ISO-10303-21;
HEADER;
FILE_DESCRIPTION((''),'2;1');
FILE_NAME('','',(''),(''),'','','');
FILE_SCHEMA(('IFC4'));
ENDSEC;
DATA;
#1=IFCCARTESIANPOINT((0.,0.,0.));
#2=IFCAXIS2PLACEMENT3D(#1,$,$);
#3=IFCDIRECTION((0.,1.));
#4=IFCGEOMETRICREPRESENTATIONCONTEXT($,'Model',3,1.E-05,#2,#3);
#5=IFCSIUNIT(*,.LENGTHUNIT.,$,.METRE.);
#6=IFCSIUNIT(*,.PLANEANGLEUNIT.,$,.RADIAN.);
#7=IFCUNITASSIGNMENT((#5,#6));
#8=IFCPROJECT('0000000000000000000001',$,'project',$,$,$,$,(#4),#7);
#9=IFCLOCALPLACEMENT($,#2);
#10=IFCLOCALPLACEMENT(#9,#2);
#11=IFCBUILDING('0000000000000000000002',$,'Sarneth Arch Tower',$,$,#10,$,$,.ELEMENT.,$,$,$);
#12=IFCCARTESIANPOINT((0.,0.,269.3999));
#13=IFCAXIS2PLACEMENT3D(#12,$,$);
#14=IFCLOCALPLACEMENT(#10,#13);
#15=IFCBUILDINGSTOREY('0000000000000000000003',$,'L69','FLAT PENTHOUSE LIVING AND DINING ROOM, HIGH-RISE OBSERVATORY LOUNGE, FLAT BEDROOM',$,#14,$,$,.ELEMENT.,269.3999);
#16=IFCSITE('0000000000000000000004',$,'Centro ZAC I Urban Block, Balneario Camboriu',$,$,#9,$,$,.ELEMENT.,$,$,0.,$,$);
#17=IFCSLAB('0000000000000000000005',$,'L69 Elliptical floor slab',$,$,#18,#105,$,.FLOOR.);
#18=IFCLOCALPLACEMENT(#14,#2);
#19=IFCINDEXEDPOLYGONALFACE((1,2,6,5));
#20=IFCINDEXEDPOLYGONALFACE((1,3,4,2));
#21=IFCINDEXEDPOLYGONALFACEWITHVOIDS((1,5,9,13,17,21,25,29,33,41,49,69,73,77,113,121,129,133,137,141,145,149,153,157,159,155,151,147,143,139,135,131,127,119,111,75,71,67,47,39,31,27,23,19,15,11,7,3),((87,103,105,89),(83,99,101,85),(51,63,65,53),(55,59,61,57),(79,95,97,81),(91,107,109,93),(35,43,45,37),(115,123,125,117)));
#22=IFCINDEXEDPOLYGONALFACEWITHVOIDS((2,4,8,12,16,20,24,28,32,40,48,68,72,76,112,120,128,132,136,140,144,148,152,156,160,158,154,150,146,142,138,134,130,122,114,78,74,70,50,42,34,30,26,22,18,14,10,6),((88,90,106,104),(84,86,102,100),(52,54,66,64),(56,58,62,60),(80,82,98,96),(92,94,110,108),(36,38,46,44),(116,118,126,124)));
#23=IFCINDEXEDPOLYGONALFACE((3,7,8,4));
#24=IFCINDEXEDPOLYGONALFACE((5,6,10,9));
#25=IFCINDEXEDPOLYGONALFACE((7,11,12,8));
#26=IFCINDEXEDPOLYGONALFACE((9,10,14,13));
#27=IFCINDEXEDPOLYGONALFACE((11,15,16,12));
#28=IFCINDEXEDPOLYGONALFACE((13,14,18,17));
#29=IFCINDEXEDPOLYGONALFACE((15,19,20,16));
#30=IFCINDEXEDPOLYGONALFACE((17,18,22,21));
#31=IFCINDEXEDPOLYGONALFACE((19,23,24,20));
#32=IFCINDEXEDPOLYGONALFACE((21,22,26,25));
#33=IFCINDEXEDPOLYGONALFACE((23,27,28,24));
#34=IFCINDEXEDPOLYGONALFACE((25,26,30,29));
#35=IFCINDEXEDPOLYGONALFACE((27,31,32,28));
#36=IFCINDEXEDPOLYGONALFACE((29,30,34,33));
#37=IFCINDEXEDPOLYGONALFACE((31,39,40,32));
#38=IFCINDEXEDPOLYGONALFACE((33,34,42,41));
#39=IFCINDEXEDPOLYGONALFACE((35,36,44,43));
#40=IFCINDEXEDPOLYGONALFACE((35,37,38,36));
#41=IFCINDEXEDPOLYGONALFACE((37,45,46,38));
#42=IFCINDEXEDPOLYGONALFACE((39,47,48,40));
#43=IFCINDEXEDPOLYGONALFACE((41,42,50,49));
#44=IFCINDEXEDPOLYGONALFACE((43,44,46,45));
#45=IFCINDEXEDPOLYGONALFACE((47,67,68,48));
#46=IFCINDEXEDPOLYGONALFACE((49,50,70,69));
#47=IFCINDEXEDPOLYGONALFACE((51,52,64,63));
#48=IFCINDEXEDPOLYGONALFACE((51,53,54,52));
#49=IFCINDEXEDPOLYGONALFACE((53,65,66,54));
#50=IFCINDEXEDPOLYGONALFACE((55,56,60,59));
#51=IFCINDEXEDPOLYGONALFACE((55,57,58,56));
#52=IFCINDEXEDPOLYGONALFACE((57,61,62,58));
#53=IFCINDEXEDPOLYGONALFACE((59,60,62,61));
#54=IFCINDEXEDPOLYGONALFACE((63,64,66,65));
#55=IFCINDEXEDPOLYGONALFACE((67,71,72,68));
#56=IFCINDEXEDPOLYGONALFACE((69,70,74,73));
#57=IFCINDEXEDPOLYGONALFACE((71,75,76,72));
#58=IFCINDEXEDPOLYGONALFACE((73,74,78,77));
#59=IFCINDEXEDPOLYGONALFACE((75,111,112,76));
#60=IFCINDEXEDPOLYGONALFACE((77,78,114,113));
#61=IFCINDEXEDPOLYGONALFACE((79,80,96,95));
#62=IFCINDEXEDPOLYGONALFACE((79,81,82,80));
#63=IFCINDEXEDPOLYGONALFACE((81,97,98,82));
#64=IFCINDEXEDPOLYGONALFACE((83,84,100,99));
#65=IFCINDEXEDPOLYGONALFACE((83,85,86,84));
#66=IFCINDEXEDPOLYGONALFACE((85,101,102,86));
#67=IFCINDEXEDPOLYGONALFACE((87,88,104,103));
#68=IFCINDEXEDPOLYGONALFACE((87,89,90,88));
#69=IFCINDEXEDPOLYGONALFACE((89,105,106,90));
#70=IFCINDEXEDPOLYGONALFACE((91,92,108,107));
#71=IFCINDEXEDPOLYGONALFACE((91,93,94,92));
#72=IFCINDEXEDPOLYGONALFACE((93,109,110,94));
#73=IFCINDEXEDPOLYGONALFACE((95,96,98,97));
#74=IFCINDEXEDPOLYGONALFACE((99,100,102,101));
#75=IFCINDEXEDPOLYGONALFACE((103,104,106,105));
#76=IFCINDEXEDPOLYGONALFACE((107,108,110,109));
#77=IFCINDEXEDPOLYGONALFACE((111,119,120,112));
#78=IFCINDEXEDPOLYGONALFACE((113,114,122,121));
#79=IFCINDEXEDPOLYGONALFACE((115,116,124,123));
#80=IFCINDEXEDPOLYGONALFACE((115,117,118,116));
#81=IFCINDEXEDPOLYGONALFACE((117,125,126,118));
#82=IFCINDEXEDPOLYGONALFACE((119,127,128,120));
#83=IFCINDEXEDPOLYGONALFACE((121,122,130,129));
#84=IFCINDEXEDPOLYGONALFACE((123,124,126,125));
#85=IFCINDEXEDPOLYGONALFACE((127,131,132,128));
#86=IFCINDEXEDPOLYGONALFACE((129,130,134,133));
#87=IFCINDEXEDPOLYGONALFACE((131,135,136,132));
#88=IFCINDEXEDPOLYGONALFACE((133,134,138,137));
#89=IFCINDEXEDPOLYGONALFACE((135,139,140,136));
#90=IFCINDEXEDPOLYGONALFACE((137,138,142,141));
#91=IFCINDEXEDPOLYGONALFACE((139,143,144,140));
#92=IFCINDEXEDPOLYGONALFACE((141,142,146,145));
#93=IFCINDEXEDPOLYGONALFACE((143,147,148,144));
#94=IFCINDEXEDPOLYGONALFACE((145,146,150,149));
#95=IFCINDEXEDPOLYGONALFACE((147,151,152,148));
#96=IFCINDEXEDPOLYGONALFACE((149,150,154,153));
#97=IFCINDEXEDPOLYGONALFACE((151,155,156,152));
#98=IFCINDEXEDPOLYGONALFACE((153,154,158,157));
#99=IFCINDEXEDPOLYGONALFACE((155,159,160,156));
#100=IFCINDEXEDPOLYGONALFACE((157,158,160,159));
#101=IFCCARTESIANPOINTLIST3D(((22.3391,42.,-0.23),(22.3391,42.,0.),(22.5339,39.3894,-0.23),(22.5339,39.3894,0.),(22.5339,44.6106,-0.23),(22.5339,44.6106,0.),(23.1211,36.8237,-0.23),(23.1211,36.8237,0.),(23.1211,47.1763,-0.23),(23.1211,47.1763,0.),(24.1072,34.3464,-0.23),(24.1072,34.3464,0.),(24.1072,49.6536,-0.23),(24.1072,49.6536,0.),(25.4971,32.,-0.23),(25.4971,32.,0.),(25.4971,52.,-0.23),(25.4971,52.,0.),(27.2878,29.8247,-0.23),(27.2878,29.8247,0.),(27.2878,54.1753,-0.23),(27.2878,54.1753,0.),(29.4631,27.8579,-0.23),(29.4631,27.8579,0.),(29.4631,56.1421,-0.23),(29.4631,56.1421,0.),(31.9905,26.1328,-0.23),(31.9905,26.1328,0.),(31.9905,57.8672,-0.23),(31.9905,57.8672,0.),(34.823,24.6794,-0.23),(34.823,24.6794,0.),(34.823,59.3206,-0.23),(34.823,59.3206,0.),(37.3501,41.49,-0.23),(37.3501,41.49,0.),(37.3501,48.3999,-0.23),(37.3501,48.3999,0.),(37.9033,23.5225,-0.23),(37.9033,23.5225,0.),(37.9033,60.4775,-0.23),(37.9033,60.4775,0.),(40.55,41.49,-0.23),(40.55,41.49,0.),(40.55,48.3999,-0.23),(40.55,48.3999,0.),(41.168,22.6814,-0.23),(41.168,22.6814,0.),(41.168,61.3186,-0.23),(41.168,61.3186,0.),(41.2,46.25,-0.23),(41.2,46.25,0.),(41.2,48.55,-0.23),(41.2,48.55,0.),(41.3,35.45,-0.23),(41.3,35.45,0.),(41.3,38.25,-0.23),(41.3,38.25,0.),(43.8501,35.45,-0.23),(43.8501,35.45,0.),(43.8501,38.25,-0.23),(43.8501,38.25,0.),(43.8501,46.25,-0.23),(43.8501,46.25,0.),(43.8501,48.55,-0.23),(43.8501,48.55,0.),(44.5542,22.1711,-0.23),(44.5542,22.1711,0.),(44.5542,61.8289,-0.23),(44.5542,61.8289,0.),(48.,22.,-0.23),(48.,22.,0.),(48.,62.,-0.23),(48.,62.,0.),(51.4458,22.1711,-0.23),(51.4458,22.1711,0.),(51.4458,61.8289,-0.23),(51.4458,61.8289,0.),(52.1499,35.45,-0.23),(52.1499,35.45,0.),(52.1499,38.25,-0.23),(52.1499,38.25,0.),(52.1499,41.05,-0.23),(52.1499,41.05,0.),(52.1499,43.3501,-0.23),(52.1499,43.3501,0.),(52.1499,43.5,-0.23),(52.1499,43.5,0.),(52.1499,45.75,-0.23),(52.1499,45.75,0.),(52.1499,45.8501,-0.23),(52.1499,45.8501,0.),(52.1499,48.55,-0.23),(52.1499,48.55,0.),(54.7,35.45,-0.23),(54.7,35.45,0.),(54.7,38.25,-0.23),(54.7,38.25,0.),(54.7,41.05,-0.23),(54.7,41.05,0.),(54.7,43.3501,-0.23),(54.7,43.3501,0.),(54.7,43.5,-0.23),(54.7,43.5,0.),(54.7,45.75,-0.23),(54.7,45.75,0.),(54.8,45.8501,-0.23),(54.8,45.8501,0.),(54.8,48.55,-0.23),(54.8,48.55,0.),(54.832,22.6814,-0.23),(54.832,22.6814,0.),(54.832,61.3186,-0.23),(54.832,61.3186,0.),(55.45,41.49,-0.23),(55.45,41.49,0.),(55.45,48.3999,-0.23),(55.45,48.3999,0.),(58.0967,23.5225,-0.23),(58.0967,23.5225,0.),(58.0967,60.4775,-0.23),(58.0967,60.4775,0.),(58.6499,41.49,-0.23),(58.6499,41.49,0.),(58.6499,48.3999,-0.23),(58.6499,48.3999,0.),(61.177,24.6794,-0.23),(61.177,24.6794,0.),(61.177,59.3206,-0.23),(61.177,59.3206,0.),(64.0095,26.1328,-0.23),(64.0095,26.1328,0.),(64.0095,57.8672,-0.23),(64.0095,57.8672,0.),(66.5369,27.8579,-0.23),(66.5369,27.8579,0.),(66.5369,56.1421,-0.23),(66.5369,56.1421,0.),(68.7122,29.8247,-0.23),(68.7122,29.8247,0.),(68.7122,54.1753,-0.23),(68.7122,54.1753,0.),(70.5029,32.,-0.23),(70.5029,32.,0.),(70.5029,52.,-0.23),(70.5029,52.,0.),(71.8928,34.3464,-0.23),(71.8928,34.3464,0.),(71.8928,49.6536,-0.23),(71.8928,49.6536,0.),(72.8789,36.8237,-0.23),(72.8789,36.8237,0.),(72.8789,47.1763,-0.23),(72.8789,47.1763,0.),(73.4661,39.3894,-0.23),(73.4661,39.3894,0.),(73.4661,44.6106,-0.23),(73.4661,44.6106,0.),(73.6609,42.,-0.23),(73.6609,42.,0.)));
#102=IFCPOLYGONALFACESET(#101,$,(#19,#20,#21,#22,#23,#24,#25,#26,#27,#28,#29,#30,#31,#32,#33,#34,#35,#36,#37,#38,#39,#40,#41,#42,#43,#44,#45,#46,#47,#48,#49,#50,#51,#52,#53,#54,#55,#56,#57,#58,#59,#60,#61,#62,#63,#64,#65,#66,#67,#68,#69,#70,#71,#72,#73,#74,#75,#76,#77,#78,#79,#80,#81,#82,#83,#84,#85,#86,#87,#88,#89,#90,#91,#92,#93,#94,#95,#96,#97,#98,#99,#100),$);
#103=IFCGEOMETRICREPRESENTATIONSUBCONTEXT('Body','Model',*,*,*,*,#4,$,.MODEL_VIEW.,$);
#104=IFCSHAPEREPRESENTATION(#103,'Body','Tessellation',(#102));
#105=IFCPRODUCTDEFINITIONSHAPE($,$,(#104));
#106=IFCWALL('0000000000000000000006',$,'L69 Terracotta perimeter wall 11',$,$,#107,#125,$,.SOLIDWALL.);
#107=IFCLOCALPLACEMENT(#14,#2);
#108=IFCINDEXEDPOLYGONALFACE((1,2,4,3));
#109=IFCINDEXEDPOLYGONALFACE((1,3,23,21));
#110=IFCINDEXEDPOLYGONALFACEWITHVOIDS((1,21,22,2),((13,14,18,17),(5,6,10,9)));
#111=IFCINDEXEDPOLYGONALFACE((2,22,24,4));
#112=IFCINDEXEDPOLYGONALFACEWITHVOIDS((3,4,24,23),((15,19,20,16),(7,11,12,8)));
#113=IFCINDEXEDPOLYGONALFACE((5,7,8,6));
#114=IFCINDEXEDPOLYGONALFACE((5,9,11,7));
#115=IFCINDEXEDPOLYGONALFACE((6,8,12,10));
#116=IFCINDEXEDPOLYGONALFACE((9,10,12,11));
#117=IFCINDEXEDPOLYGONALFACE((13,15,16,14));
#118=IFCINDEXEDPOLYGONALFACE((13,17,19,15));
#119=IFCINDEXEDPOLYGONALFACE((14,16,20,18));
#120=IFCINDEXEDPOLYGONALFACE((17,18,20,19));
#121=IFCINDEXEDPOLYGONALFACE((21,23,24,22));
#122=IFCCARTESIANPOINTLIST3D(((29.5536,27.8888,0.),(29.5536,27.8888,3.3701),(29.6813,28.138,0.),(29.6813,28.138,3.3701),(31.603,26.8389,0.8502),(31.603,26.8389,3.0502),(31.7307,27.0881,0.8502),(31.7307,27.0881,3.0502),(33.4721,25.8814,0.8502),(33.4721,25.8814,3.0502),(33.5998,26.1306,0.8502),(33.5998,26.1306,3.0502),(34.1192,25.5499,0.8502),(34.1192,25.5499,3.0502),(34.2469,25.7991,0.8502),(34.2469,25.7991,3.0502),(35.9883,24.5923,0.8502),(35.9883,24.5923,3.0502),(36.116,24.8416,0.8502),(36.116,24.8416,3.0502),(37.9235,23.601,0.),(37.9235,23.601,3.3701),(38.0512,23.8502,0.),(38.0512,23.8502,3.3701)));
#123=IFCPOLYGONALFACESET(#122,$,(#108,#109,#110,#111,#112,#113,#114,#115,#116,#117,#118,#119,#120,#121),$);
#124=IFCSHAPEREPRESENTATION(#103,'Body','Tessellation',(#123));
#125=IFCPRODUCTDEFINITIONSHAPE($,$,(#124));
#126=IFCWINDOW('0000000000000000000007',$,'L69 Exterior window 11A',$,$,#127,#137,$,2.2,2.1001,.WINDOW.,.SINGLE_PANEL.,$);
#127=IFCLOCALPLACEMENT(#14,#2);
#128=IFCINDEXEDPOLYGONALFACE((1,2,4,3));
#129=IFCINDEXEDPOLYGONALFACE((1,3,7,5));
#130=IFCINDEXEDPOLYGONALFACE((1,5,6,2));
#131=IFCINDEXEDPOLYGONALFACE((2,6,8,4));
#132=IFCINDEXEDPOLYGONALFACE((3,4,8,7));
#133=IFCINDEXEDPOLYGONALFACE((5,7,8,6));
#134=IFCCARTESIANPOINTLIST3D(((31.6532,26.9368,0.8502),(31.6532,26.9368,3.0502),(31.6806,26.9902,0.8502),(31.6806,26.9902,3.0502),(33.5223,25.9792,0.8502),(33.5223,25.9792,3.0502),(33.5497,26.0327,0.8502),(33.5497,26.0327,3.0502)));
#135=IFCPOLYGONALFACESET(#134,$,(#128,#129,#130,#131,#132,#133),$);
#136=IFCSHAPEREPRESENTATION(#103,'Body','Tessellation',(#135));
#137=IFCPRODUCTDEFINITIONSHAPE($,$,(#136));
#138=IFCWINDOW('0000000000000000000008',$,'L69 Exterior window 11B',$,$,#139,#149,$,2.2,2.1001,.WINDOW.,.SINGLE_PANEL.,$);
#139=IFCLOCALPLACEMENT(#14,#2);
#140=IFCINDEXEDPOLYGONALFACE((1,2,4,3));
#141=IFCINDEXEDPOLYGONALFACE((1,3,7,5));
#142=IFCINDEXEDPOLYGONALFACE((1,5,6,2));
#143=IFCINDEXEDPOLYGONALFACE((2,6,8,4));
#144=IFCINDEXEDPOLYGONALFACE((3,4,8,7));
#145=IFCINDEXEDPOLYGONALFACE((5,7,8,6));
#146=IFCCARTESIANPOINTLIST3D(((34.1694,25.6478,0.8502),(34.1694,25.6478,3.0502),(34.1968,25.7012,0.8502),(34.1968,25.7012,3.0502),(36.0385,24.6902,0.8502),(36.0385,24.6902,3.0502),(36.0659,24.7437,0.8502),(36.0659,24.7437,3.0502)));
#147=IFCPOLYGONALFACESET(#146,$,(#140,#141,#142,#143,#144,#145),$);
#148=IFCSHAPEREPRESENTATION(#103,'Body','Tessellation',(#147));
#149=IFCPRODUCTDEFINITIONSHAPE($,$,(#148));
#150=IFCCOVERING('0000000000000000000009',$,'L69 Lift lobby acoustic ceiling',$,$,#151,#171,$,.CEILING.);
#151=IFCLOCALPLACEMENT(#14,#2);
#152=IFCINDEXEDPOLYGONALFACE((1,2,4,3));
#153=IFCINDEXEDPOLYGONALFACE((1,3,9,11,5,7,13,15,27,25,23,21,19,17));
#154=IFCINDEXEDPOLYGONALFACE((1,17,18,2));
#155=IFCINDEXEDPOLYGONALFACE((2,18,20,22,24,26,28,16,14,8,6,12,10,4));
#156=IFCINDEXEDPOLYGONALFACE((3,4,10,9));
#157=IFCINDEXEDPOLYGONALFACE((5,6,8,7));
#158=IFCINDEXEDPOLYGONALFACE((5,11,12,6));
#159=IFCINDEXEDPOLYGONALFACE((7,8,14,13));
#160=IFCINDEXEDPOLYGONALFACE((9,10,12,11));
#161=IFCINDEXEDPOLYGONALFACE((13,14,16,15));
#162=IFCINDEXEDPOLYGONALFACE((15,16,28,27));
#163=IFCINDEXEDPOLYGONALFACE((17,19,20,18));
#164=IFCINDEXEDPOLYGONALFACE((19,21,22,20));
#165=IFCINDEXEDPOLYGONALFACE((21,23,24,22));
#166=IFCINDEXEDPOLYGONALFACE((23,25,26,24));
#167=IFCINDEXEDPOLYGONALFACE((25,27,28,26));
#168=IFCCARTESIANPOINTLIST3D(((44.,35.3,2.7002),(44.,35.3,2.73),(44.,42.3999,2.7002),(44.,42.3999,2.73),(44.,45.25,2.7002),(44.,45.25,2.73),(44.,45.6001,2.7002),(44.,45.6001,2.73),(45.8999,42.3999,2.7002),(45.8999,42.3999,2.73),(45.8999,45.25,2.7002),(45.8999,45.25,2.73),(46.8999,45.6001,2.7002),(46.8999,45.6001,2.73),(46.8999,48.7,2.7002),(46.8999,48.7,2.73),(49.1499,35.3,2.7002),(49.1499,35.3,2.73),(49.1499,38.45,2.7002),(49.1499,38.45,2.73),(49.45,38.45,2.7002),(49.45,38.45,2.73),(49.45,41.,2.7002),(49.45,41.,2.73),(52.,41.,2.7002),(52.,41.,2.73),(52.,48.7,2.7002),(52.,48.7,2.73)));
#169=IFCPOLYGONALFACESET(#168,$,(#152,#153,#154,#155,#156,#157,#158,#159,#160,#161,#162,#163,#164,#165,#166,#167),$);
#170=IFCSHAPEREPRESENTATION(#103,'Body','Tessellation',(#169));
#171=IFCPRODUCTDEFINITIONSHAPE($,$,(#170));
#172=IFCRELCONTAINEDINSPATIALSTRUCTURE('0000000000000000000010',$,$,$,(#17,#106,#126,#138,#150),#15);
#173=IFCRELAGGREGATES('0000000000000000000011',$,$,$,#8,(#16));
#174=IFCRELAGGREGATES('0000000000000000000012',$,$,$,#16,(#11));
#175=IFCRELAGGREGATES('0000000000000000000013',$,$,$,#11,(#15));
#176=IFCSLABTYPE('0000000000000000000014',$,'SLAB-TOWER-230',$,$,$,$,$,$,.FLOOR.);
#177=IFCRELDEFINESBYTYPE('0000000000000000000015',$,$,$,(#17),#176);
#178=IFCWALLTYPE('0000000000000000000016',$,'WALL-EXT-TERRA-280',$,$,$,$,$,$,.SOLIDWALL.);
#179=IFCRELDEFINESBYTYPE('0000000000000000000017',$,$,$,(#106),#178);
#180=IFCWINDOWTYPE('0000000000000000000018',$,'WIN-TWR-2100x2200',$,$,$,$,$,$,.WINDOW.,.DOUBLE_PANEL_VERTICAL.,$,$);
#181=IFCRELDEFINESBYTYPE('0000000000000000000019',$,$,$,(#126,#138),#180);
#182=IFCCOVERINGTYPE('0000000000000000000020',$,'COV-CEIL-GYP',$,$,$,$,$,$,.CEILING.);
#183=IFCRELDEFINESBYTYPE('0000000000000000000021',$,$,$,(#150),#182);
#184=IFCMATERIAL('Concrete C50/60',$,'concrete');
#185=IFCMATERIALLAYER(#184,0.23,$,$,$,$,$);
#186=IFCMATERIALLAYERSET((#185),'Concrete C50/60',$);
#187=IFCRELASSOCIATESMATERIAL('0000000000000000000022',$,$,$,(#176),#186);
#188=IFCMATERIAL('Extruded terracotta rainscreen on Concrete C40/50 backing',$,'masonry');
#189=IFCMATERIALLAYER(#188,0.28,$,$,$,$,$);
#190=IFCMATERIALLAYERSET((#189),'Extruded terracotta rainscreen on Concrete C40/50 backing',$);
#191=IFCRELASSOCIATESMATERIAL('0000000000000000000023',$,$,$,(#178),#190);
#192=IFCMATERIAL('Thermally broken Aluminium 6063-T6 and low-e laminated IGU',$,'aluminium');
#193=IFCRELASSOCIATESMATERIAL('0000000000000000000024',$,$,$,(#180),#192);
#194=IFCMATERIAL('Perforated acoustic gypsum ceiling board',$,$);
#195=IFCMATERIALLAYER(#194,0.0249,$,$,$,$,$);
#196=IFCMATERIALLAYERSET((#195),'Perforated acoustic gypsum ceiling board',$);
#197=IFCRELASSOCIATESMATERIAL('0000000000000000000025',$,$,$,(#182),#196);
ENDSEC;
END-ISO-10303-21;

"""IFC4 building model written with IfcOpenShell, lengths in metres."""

from ifc_helpers import new_model, si_unit, direction, frame, frame_2d, origin, place, context, subcontext, project, spatial, polyline, rectangle, outline, extrude, material, layer, layer_set, type_object, element, fill, save


model = new_model("IFC4")

# Units and contexts
model_context = context("Model", 3, precision=1e-05, world=origin(), true_north=direction((0.0, 1.0)))
body_context = subcontext(model_context, "Body", "Model", "MODEL_VIEW")
ifc_project = project(units=[si_unit("LENGTHUNIT", "METRE"), si_unit("PLANEANGLEUNIT", "RADIAN")], contexts=[model_context])

# Site, building, storey
site_placement = place(None, origin())
site = spatial("IfcSite", under=ifc_project, at=site_placement, Name="Centro ZAC I Urban Block, Balneario Camboriu", CompositionType="ELEMENT", RefElevation=0.0)
building_placement = place(site_placement, origin())
building = spatial("IfcBuilding", under=site, at=building_placement, Name="Sarneth Arch Tower", CompositionType="ELEMENT")
storey_placement = place(building_placement, frame((0.0, 0.0, 269.3999)))
storey = spatial("IfcBuildingStorey", under=building, at=storey_placement, Name="L69", Description="FLAT PENTHOUSE LIVING AND DINING ROOM, HIGH-RISE OBSERVATORY LOUNGE, FLAT BEDROOM", CompositionType="ELEMENT", Elevation=269.3999)

# Slab
ifc_material_1 = material(Name="Concrete C50/60", Category="concrete")
ifc_layer_1 = layer(ifc_material_1, 0.23)
ifc_layer_set_1 = layer_set([ifc_layer_1], Name="Concrete C50/60")
slab_type_1 = type_object("IfcSlabType", Name="SLAB-TOWER-230", PredefinedType="FLOOR", material=ifc_layer_set_1)
slab_1_placement = place(storey_placement, frame((0.0, 0.0, -0.23)))
element("IfcSlab", 1, at=slab_1_placement, inside=storey, type_object=slab_type_1, Name="L69 Elliptical floor slab", PredefinedType="FLOOR", context=body_context, shape_type="SweptSolid", body=[
    extrude(outline(polyline([(73.6609, 42.0), (73.4661, 44.6106), (72.8789, 47.1763), (71.8928, 49.6536), (70.5029, 52.0), (68.7122, 54.1753), (66.5369, 56.1421), (64.0095, 57.8672), (61.177, 59.3206), (58.0967, 60.4775), (54.832, 61.3186), (51.4458, 61.8289), (48.0, 62.0), (44.5542, 61.8289), (41.168, 61.3186), (37.9033, 60.4775), (34.823, 59.3206), (31.9905, 57.8672), (29.4631, 56.1421), (27.2878, 54.1753), (25.4971, 52.0), (24.1072, 49.6536), (23.1211, 47.1763), (22.5339, 44.6106), (22.3391, 42.0), (22.5339, 39.3894), (23.1211, 36.8237), (24.1072, 34.3464), (25.4971, 32.0), (27.2878, 29.8247), (29.4631, 27.8579), (31.9905, 26.1328), (34.823, 24.6794), (37.9033, 23.5225), (41.168, 22.6814), (44.5542, 22.1711), (48.0, 22.0), (51.4458, 22.1711), (54.832, 22.6814), (58.0967, 23.5225), (61.177, 24.6794), (64.0095, 26.1328), (66.5369, 27.8579), (68.7122, 29.8247), (70.5029, 32.0), (71.8928, 34.3464), (72.8789, 36.8237), (73.4661, 39.3894), (73.6609, 42.0)]), holes=[polyline([(37.3501, 41.49), (40.55, 41.49), (40.55, 48.3999), (37.3501, 48.3999), (37.3501, 41.49)]), polyline([(55.45, 41.49), (58.6499, 41.49), (58.6499, 48.3999), (55.45, 48.3999), (55.45, 41.49)]), polyline([(41.2, 46.25), (43.8501, 46.25), (43.8501, 48.55), (41.2, 48.55), (41.2, 46.25)]), polyline([(41.3, 35.45), (43.8501, 35.45), (43.8501, 38.25), (41.3, 38.25), (41.3, 35.45)]), polyline([(52.1499, 35.45), (54.7, 35.45), (54.7, 38.25), (52.1499, 38.25), (52.1499, 35.45)]), polyline([(52.1499, 45.8501), (54.8, 45.8501), (54.8, 48.55), (52.1499, 48.55), (52.1499, 45.8501)]), polyline([(52.1499, 41.05), (54.7, 41.05), (54.7, 43.3501), (52.1499, 43.3501), (52.1499, 41.05)]), polyline([(52.1499, 43.5), (54.7, 43.5), (54.7, 45.75), (52.1499, 45.75), (52.1499, 43.5)])]), origin(), (0.0, 0.0, 1.0), 0.23),
])

# Wall, openings, windows
ifc_material_2 = material(Name="Extruded terracotta rainscreen on Concrete C40/50 backing", Category="masonry")
ifc_layer_2 = layer(ifc_material_2, 0.28)
ifc_layer_set_2 = layer_set([ifc_layer_2], Name="Extruded terracotta rainscreen on Concrete C40/50 backing")
wall_type = type_object("IfcWallType", Name="WALL-EXT-TERRA-280", PredefinedType="SOLIDWALL", material=ifc_layer_set_2)
wall_placement = place(storey_placement, frame((29.6174, 28.0134, 0.0), z_axis=(0.0, 0.0, 1.0), x_axis=(0.890007, -0.455946, 0.0)))
wall = element("IfcWall", 2, at=wall_placement, inside=storey, type_object=wall_type, Name="L69 Terracotta perimeter wall 11", PredefinedType="SOLIDWALL", context=body_context, shape_type="SweptSolid", body=[
    extrude(rectangle(XDim=9.4043, YDim=0.28, at=frame_2d((4.7021, 0.0))), origin(), (0.0, 0.0, 1.0), 3.3701),
])
opening_1_placement = place(wall_placement, frame((2.3027, 0.0, 0.8501)))
opening_1 = element("IfcOpeningElement", 3, at=opening_1_placement, cuts=wall, PredefinedType="OPENING", context=body_context, shape_type="SweptSolid", body=[
    extrude(rectangle(XDim=2.1001, YDim=2.2, at=frame_2d((1.05, 1.1001))), frame((0.0, 0.1499, 0.0), z_axis=(0.0, -1.0, 0.0), x_axis=(1.0, 0.0, 0.0)), (0.0, 0.0, 1.0), 0.3),
])
opening_2_placement = place(wall_placement, frame((5.1299, 0.0, 0.8501)))
opening_2 = element("IfcOpeningElement", 4, at=opening_2_placement, cuts=wall, PredefinedType="OPENING", context=body_context, shape_type="SweptSolid", body=[
    extrude(rectangle(XDim=2.1001, YDim=2.2, at=frame_2d((1.05, 1.1001))), frame((0.0, 0.1499, 0.0), z_axis=(0.0, -1.0, 0.0), x_axis=(1.0, 0.0, 0.0)), (0.0, 0.0, 1.0), 0.3),
])
ifc_material_3 = material(Name="Thermally broken Aluminium 6063-T6 and low-e laminated IGU", Category="aluminium")
window_type = type_object("IfcWindowType", Name="WIN-TWR-2100x2200", PartitioningType="DOUBLE_PANEL_VERTICAL", PredefinedType="WINDOW", material=ifc_material_3)
window_1_placement = place(opening_1_placement, origin())
window_1 = element("IfcWindow", 5, at=window_1_placement, inside=storey, type_object=window_type, Name="L69 Exterior window 11A", OverallHeight=2.2, OverallWidth=2.1001, PartitioningType="SINGLE_PANEL", PredefinedType="WINDOW", context=body_context, shape_type="SweptSolid", body=[
    extrude(rectangle(XDim=2.1001, YDim=2.2, at=frame_2d((1.05, 1.1001))), frame((0.0, 0.03, 0.0), z_axis=(0.0, -1.0, 0.0), x_axis=(1.0, 0.0, 0.0)), (0.0, 0.0, 1.0), 0.0601),
])
fill(opening_1, window_1)
window_2_placement = place(opening_2_placement, origin())
window_2 = element("IfcWindow", 6, at=window_2_placement, inside=storey, type_object=window_type, Name="L69 Exterior window 11B", OverallHeight=2.2, OverallWidth=2.1001, PartitioningType="SINGLE_PANEL", PredefinedType="WINDOW", context=body_context, shape_type="SweptSolid", body=[
    extrude(rectangle(XDim=2.1001, YDim=2.2, at=frame_2d((1.05, 1.1001))), frame((0.0, 0.03, 0.0), z_axis=(0.0, -1.0, 0.0), x_axis=(1.0, 0.0, 0.0)), (0.0, 0.0, 1.0), 0.0601),
])
fill(opening_2, window_2)

# Covering
ifc_material_4 = material(Name="Perforated acoustic gypsum ceiling board")
ifc_layer_3 = layer(ifc_material_4, 0.0249)
ifc_layer_set_3 = layer_set([ifc_layer_3], Name="Perforated acoustic gypsum ceiling board")
covering_type_1 = type_object("IfcCoveringType", Name="COV-CEIL-GYP", PredefinedType="CEILING", material=ifc_layer_set_3)
covering_1_placement = place(storey_placement, frame((0.0, 0.0, 2.7002)))
element("IfcCovering", 7, at=covering_1_placement, inside=storey, type_object=covering_type_1, Name="L69 Lift lobby acoustic ceiling", PredefinedType="CEILING", context=body_context, shape_type="SweptSolid", body=[
    extrude(outline(polyline([(49.45, 41.0), (49.45, 38.45), (49.1499, 38.45), (49.1499, 35.3), (44.0, 35.3), (44.0, 42.3999), (45.8999, 42.3999), (45.8999, 45.25), (44.0, 45.25), (44.0, 45.6001), (46.8999, 45.6001), (46.8999, 48.7), (52.0, 48.7), (52.0, 41.0), (49.45, 41.0)])), origin(), (0.0, 0.0, 1.0), 0.0298),
])

save(model, "model.ifc")
